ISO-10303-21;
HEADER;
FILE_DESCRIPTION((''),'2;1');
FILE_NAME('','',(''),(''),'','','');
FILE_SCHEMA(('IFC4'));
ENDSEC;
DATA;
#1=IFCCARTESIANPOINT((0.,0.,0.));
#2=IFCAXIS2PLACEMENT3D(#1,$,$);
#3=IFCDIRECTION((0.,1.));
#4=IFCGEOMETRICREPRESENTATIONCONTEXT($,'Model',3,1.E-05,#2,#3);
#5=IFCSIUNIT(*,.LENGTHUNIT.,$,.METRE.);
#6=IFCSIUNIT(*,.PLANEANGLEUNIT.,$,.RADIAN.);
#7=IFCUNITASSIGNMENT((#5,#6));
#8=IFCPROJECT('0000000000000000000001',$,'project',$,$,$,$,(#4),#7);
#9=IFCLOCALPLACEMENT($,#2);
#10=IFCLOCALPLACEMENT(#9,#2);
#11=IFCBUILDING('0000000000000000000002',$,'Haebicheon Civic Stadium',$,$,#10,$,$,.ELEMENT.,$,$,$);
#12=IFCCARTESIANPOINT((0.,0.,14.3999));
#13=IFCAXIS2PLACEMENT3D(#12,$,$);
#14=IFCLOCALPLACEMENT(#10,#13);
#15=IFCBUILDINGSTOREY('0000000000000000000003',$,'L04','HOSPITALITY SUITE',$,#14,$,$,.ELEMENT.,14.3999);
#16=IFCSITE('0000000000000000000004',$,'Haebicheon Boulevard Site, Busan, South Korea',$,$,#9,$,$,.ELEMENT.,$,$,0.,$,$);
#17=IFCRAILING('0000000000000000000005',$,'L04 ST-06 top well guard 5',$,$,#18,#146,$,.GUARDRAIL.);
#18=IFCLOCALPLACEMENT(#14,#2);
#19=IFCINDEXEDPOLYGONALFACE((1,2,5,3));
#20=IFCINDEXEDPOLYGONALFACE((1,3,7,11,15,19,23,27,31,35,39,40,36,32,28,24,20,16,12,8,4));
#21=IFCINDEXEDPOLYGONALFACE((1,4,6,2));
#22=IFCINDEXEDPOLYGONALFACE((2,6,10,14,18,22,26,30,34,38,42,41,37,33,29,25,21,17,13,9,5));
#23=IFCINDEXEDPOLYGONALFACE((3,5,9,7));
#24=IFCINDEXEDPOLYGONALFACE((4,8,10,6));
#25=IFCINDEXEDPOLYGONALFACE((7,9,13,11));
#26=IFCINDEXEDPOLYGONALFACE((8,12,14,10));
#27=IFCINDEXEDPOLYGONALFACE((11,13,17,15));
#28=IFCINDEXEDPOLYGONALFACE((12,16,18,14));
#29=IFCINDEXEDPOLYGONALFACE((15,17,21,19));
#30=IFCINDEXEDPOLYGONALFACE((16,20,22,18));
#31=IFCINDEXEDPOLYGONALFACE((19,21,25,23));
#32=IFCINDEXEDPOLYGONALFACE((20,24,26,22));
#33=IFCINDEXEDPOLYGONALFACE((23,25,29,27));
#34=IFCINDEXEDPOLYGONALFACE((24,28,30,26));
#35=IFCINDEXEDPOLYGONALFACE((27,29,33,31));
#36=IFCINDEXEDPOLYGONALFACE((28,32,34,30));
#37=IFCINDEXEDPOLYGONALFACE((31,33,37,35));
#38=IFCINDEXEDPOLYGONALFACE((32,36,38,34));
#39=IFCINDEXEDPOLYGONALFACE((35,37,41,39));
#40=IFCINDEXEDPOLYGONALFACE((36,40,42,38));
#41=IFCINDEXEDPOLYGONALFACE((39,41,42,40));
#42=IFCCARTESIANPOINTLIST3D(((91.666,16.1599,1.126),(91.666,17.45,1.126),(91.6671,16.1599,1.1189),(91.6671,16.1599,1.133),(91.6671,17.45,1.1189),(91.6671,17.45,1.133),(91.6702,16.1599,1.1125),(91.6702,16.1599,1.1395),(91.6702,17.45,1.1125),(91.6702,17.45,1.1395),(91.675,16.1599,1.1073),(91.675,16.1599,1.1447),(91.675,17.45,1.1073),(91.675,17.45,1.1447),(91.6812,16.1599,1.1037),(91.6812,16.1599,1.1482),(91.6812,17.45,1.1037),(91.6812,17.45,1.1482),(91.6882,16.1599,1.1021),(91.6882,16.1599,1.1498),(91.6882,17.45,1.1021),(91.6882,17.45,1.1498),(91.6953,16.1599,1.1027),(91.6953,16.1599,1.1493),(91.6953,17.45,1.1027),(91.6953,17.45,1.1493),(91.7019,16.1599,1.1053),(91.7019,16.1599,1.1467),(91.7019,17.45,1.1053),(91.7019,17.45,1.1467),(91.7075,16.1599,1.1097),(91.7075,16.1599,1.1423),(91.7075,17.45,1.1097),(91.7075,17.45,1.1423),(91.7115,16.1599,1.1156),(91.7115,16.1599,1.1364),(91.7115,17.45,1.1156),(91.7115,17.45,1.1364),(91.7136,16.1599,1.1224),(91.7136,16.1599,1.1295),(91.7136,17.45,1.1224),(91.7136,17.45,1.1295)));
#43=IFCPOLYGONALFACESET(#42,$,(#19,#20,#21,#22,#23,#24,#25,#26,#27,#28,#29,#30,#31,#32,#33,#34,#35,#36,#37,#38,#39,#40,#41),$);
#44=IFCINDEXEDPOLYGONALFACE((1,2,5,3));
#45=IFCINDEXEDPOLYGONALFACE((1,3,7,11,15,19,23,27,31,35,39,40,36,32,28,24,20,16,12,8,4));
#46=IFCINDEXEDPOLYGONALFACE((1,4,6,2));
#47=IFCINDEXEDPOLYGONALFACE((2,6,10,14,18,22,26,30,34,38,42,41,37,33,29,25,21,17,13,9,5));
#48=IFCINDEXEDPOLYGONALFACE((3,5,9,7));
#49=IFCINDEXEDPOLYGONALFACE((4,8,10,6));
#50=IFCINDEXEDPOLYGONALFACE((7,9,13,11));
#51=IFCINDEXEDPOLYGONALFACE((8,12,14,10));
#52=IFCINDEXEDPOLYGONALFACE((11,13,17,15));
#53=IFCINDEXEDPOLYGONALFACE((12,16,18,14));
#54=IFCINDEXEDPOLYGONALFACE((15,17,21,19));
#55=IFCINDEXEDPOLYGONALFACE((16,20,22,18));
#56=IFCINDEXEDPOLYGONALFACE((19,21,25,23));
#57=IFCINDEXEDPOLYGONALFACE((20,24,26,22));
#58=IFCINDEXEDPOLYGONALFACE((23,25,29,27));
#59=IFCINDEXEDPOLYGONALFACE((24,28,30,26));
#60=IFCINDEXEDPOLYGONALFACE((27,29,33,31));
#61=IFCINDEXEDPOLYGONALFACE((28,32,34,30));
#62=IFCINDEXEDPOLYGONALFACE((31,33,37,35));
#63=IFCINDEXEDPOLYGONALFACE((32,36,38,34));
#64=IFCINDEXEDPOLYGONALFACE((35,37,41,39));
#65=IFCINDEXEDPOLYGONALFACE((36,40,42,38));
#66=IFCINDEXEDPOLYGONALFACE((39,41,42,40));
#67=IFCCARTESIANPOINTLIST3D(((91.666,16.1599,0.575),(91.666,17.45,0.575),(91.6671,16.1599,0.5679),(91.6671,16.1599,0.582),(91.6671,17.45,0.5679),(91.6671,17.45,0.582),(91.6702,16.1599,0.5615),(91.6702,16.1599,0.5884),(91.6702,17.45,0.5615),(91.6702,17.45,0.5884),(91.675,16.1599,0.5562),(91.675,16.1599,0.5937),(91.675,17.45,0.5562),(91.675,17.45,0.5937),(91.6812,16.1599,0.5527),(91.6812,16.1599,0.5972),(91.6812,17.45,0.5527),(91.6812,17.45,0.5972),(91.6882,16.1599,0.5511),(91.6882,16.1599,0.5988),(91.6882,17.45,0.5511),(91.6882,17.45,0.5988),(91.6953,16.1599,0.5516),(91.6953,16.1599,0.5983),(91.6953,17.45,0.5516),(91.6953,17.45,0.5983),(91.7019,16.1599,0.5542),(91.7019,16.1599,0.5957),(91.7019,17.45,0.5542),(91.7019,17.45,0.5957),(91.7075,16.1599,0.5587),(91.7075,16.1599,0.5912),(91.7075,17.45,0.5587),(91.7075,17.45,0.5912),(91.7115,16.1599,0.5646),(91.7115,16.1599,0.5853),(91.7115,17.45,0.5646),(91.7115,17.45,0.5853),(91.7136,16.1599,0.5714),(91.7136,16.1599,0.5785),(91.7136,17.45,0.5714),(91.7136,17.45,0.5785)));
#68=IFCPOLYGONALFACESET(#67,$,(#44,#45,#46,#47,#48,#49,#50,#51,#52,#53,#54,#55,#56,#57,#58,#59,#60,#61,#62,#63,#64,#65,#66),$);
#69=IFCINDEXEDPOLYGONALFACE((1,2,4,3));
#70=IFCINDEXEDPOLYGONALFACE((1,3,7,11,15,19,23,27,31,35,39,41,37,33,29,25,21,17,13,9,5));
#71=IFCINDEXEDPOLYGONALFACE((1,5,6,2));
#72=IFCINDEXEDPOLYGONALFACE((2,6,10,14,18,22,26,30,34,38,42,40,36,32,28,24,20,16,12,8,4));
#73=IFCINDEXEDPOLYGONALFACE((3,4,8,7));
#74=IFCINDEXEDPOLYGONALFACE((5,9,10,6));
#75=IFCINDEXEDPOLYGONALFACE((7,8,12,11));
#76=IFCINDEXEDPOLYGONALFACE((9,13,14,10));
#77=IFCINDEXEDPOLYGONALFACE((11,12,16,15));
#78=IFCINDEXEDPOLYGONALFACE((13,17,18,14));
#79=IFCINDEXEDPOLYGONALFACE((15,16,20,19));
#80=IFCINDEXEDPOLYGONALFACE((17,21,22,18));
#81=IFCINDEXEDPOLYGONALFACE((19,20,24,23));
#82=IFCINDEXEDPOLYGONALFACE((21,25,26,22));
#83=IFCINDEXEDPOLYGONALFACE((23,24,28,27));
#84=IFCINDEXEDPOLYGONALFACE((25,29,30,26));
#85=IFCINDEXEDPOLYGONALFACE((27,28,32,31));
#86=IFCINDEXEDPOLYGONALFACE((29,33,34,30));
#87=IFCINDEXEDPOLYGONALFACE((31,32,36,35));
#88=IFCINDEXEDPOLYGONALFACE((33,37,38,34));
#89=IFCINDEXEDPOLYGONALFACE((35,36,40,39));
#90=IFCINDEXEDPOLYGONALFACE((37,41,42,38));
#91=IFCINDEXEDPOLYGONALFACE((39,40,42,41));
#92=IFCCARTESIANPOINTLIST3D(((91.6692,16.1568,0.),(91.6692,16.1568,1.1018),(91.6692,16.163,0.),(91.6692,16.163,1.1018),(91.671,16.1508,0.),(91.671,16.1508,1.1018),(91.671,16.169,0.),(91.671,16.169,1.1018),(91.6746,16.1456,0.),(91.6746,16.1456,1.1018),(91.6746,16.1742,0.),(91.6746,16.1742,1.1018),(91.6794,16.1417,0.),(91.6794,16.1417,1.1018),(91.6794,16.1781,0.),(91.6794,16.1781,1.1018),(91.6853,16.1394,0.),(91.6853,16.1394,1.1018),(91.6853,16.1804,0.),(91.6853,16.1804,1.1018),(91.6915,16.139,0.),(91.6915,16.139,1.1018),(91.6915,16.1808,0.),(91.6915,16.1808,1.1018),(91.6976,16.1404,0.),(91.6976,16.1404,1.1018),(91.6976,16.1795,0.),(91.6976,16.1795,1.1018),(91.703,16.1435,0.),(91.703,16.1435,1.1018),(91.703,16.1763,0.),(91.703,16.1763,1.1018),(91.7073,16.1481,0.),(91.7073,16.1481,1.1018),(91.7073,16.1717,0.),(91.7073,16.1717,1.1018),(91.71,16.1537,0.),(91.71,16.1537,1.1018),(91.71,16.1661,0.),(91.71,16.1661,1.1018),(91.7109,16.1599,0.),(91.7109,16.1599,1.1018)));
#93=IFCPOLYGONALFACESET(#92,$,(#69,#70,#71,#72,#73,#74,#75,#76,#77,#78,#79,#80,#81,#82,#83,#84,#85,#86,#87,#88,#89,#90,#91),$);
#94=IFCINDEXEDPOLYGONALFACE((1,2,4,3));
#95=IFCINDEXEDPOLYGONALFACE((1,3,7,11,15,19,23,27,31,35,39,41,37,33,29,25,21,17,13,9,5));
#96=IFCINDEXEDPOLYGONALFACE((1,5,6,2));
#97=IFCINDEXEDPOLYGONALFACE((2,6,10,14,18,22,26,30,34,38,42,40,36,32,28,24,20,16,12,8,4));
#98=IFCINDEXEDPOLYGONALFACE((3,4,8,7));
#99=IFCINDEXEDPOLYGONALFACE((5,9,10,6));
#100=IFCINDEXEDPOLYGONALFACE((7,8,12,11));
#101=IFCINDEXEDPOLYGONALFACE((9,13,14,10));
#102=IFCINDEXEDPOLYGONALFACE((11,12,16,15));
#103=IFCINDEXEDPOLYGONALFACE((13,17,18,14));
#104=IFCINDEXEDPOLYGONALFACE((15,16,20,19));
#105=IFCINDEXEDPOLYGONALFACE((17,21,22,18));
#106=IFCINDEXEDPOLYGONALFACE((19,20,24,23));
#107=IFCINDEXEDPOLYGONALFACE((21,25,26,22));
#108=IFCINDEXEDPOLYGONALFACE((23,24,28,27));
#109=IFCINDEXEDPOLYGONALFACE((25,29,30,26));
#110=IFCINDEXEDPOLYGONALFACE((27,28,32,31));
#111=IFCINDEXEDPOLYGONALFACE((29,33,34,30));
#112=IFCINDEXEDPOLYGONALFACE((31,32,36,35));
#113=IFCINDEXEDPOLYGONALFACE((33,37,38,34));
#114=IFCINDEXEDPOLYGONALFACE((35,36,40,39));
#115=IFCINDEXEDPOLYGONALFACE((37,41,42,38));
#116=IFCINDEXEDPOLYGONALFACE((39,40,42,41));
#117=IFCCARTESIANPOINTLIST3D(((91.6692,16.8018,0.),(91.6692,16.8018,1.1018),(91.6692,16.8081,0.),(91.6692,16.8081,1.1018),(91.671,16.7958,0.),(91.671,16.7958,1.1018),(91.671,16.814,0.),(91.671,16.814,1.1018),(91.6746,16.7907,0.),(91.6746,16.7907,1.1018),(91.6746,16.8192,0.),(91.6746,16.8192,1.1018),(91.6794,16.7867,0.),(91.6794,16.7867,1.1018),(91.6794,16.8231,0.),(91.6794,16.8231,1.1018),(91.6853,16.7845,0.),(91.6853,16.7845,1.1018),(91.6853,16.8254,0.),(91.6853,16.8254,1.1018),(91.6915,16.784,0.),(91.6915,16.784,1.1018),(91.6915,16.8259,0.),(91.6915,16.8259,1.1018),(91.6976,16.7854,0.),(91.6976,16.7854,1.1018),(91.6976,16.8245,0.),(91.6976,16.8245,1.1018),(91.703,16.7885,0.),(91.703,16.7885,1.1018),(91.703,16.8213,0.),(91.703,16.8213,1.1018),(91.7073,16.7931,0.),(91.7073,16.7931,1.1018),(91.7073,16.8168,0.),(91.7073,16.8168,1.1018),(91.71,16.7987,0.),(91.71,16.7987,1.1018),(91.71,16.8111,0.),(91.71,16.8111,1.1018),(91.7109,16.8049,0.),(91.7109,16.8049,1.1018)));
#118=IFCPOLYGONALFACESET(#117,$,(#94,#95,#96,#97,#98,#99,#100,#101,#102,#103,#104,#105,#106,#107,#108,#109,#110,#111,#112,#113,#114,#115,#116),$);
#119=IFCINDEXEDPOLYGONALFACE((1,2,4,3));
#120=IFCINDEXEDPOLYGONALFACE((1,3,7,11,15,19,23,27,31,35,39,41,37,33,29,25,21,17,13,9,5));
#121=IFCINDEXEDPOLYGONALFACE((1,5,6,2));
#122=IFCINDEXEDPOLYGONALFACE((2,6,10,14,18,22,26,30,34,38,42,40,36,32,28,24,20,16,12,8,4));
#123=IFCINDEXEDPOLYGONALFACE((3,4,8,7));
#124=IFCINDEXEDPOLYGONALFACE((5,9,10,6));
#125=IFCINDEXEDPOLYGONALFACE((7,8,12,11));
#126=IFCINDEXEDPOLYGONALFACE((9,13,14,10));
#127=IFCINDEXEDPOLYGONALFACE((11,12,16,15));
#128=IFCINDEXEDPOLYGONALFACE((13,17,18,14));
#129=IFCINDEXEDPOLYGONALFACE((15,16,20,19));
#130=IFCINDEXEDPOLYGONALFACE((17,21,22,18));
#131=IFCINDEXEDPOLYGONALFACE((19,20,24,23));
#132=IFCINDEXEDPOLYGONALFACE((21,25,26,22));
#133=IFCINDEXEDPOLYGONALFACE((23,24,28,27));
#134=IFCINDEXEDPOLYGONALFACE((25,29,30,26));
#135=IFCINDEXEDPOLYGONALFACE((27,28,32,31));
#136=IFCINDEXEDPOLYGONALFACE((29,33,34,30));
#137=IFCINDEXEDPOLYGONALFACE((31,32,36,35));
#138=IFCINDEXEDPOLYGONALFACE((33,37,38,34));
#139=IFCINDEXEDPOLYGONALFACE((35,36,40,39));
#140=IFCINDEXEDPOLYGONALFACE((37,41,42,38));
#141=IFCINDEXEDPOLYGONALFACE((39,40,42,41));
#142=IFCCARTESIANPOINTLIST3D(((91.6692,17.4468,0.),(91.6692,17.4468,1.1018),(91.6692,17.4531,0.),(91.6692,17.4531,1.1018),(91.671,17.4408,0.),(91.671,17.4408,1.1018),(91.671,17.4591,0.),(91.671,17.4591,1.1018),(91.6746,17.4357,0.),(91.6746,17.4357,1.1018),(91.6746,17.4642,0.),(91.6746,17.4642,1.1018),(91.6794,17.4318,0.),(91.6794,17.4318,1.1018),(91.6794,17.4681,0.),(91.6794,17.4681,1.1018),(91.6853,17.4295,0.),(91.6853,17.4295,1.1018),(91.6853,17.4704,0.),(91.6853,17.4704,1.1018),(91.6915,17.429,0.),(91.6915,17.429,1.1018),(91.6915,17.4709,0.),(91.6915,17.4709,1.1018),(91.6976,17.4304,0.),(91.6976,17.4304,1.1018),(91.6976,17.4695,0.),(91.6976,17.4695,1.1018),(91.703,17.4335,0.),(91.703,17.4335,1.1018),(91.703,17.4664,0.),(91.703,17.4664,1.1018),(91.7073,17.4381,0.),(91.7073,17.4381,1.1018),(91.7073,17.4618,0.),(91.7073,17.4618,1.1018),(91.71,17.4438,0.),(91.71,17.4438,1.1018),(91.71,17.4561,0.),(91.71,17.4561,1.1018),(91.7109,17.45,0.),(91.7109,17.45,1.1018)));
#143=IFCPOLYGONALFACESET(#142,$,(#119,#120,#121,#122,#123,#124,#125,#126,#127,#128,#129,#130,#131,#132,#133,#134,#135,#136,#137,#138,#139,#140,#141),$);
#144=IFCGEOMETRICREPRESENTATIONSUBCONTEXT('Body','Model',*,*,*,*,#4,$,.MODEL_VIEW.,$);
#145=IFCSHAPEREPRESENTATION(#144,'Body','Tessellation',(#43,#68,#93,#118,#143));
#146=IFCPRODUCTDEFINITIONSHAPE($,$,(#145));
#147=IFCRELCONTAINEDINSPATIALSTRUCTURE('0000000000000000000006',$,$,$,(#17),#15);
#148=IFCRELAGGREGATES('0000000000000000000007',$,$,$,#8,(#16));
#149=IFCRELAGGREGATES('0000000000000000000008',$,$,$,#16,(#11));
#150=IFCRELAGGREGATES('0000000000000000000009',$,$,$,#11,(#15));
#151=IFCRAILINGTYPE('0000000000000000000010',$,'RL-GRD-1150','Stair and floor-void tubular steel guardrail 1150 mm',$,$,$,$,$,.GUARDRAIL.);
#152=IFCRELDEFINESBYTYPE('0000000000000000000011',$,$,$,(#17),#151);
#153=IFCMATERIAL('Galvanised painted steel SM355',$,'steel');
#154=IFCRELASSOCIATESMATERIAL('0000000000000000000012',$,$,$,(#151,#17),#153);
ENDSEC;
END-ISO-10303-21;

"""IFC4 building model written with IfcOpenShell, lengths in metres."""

from ifc_helpers import new_model, si_unit, direction, frame, origin, origin_2d, place, context, subcontext, project, spatial, circle, extrude, material, type_object, element, save


model = new_model("IFC4")

# Units and contexts
model_context = context("Model", 3, precision=1e-05, world=origin(), true_north=direction((0.0, 1.0)))
body_context = subcontext(model_context, "Body", "Model", "MODEL_VIEW")
ifc_project = project(units=[si_unit("LENGTHUNIT", "METRE"), si_unit("PLANEANGLEUNIT", "RADIAN")], contexts=[model_context])

# Site, building, storey
site_placement = place(None, origin())
site = spatial("IfcSite", under=ifc_project, at=site_placement, Name="Haebicheon Boulevard Site, Busan, South Korea", CompositionType="ELEMENT", RefElevation=0.0)
building_placement = place(site_placement, origin())
building = spatial("IfcBuilding", under=site, at=building_placement, Name="Haebicheon Civic Stadium", CompositionType="ELEMENT")
storey_placement = place(building_placement, frame((0.0, 0.0, 14.3999)))
storey = spatial("IfcBuildingStorey", under=building, at=storey_placement, Name="L04", Description="HOSPITALITY SUITE", CompositionType="ELEMENT", Elevation=14.3999)

# Railing
ifc_material_1 = material(Name="Galvanised painted steel SM355", Category="steel")
railing_type = type_object("IfcRailingType", Name="RL-GRD-1150", Description="Stair and floor-void tubular steel guardrail 1150 mm", PredefinedType="GUARDRAIL", material=ifc_material_1)
for number, where, name in (
    (1, (91.6899, 16.1599, 0.0), "L04 ST-06 top well guard 5"),
):
    element("IfcRailing", number, at=place(storey_placement, frame(where)), inside=storey, type_object=railing_type, material=ifc_material_1, Name=name, PredefinedType="GUARDRAIL", context=body_context, shape_type="SweptSolid", body=[
        extrude(circle(Radius=0.0239, at=origin_2d()), frame((0.0, 0.0, 1.126), z_axis=(0.0, 1.0, 0.0), x_axis=(-1.0, 0.0, 0.0)), (0.0, 0.0, 1.0), 1.29),
        extrude(circle(Radius=0.0239, at=origin_2d()), frame((0.0, 0.0, 0.575), z_axis=(0.0, 1.0, 0.0), x_axis=(-1.0, 0.0, 0.0)), (0.0, 0.0, 1.0), 1.29),
        extrude(circle(Radius=0.021, at=origin_2d()), origin(), (0.0, 0.0, 1.0), 1.1018),
        extrude(circle(Radius=0.021, at=origin_2d()), frame((0.0, 0.645, 0.0)), (0.0, 0.0, 1.0), 1.1018),
        extrude(circle(Radius=0.021, at=origin_2d()), frame((0.0, 1.29, 0.0)), (0.0, 0.0, 1.0), 1.1018),
    ])

save(model, "model.ifc")
